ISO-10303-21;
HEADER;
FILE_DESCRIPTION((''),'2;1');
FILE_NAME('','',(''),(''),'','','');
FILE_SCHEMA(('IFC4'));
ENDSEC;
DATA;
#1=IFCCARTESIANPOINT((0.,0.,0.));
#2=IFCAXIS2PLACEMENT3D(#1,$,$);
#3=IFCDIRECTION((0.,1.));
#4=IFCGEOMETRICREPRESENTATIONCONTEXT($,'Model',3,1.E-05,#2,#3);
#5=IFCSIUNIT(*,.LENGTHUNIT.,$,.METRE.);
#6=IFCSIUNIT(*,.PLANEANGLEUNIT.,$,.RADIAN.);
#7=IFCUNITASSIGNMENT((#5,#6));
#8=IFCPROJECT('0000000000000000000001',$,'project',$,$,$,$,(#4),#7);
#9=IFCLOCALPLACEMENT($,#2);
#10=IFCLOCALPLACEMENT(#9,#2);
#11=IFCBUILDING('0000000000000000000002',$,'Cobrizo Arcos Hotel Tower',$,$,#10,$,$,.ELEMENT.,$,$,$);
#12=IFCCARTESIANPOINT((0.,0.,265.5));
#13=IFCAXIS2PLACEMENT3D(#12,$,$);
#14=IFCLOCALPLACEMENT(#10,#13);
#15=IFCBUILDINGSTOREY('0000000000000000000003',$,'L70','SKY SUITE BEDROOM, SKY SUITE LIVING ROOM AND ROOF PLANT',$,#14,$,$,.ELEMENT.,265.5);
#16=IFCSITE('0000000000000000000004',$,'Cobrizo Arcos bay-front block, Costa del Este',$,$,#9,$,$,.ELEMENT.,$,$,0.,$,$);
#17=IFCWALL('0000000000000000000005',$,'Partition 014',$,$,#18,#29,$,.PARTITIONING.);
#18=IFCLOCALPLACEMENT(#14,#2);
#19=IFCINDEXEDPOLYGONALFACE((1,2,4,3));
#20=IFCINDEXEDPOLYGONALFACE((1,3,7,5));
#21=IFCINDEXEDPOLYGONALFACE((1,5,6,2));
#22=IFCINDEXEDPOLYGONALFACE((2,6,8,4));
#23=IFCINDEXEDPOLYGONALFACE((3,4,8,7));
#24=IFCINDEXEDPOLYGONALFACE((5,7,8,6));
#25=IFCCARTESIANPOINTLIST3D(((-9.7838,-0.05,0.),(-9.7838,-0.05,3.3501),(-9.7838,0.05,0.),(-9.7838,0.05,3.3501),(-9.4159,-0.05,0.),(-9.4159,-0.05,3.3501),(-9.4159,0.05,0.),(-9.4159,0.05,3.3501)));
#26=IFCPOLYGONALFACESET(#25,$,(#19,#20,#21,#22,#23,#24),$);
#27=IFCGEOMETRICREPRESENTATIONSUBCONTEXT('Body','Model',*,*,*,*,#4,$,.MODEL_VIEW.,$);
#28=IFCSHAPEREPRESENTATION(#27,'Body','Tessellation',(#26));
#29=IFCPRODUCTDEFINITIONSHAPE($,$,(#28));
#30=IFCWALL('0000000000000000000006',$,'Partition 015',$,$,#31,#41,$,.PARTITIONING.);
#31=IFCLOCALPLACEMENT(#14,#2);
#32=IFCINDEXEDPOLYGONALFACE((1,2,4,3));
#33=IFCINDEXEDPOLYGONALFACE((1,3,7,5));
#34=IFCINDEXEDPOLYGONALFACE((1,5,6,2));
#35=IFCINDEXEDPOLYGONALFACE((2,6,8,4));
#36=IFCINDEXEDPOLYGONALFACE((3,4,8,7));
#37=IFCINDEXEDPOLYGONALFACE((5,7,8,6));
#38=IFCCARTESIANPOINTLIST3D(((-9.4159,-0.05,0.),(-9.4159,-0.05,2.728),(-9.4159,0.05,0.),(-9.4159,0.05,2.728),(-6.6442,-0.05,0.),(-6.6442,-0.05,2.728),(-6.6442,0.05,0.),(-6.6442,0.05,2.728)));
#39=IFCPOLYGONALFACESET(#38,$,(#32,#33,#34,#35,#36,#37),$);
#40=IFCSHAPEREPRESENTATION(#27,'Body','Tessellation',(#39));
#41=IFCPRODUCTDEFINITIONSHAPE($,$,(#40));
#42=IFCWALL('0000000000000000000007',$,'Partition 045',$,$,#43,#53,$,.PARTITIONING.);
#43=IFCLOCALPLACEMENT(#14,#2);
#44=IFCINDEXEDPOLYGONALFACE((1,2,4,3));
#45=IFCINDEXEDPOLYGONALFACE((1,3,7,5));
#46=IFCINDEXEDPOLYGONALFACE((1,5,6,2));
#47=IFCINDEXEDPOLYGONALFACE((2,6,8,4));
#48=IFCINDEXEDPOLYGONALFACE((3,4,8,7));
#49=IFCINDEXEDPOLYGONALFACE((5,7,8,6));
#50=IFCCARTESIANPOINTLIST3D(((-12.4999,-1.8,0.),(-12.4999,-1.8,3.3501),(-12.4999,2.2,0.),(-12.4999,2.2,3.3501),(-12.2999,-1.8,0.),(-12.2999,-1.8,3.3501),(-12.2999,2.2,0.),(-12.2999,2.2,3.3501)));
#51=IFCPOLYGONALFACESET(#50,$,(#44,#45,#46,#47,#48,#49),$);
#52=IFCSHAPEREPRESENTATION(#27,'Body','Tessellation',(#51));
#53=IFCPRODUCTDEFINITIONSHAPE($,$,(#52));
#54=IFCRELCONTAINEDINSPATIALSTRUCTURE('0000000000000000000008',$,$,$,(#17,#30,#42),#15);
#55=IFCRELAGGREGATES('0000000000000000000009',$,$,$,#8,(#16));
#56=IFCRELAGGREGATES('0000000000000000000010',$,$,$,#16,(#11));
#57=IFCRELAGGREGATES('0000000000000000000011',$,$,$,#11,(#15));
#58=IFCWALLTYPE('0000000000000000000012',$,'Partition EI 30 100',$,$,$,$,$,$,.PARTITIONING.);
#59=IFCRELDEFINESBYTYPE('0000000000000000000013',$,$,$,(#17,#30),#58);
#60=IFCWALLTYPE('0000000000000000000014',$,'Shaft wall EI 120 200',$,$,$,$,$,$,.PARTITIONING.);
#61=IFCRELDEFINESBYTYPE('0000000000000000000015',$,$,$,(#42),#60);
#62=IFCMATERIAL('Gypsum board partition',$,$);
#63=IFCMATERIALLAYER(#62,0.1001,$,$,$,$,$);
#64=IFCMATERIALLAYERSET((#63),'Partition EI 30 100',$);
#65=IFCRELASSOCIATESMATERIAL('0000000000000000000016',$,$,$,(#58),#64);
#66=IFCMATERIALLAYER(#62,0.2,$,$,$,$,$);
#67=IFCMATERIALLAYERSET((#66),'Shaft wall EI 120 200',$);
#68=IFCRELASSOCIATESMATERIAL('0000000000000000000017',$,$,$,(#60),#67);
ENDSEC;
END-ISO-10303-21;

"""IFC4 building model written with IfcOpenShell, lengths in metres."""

from ifc_helpers import new_model, si_unit, direction, frame, frame_2d, origin, place, context, subcontext, project, spatial, rectangle, extrude, material, layer, layer_set, type_object, element, save


model = new_model("IFC4")

# Units and contexts
model_context = context("Model", 3, precision=1e-05, world=origin(), true_north=direction((0.0, 1.0)))
body_context = subcontext(model_context, "Body", "Model", "MODEL_VIEW")
ifc_project = project(units=[si_unit("LENGTHUNIT", "METRE"), si_unit("PLANEANGLEUNIT", "RADIAN")], contexts=[model_context])

# Site, building, storey
site_placement = place(None, origin())
site = spatial("IfcSite", under=ifc_project, at=site_placement, Name="Cobrizo Arcos bay-front block, Costa del Este", CompositionType="ELEMENT", RefElevation=0.0)
building_placement = place(site_placement, origin())
building = spatial("IfcBuilding", under=site, at=building_placement, Name="Cobrizo Arcos Hotel Tower", CompositionType="ELEMENT")
storey_placement = place(building_placement, frame((0.0, 0.0, 265.5)))
storey = spatial("IfcBuildingStorey", under=building, at=storey_placement, Name="L70", Description="SKY SUITE BEDROOM, SKY SUITE LIVING ROOM AND ROOF PLANT", CompositionType="ELEMENT", Elevation=265.5)

# Walls
ifc_material_1 = material(Name="Gypsum board partition")
ifc_layer_1 = layer(ifc_material_1, 0.1001)
ifc_layer_set_1 = layer_set([ifc_layer_1], Name="Partition EI 30 100")
wall_type_1 = type_object("IfcWallType", Name="Partition EI 30 100", PredefinedType="PARTITIONING", material=ifc_layer_set_1)
wall_1_placement = place(storey_placement, frame((-9.7839, 0.0, 0.0), z_axis=(0.0, 0.0, 1.0), x_axis=(1.0, 0.0, 0.0)))
element("IfcWall", 1, at=wall_1_placement, inside=storey, type_object=wall_type_1, Name="Partition 014", PredefinedType="PARTITIONING", context=body_context, shape_type="SweptSolid", body=[
    extrude(rectangle(XDim=0.3679, YDim=0.1001, at=frame_2d((0.1841, 0.0))), origin(), (0.0, 0.0, 1.0), 3.3501),
])
wall_2_placement = place(storey_placement, frame((-9.4158, 0.0, 0.0), z_axis=(0.0, 0.0, 1.0), x_axis=(1.0, 0.0, 0.0)))
element("IfcWall", 2, at=wall_2_placement, inside=storey, type_object=wall_type_1, Name="Partition 015", PredefinedType="PARTITIONING", context=body_context, shape_type="SweptSolid", body=[
    extrude(rectangle(XDim=2.7717, YDim=0.1001, at=frame_2d((1.3857, 0.0))), origin(), (0.0, 0.0, 1.0), 2.728),
])
ifc_layer_2 = layer(ifc_material_1, 0.2)
ifc_layer_set_2 = layer_set([ifc_layer_2], Name="Shaft wall EI 120 200")
wall_type_2 = type_object("IfcWallType", Name="Shaft wall EI 120 200", PredefinedType="PARTITIONING", material=ifc_layer_set_2)
wall_3_placement = place(storey_placement, frame((-12.3999, -1.8, 0.0), z_axis=(0.0, 0.0, 1.0), x_axis=(0.0, 1.0, 0.0)))
element("IfcWall", 3, at=wall_3_placement, inside=storey, type_object=wall_type_2, Name="Partition 045", PredefinedType="PARTITIONING", context=body_context, shape_type="SweptSolid", body=[
    extrude(rectangle(XDim=4.0, YDim=0.2, at=frame_2d((2.0, 0.0))), origin(), (0.0, 0.0, 1.0), 3.3501),
])

save(model, "model.ifc")
